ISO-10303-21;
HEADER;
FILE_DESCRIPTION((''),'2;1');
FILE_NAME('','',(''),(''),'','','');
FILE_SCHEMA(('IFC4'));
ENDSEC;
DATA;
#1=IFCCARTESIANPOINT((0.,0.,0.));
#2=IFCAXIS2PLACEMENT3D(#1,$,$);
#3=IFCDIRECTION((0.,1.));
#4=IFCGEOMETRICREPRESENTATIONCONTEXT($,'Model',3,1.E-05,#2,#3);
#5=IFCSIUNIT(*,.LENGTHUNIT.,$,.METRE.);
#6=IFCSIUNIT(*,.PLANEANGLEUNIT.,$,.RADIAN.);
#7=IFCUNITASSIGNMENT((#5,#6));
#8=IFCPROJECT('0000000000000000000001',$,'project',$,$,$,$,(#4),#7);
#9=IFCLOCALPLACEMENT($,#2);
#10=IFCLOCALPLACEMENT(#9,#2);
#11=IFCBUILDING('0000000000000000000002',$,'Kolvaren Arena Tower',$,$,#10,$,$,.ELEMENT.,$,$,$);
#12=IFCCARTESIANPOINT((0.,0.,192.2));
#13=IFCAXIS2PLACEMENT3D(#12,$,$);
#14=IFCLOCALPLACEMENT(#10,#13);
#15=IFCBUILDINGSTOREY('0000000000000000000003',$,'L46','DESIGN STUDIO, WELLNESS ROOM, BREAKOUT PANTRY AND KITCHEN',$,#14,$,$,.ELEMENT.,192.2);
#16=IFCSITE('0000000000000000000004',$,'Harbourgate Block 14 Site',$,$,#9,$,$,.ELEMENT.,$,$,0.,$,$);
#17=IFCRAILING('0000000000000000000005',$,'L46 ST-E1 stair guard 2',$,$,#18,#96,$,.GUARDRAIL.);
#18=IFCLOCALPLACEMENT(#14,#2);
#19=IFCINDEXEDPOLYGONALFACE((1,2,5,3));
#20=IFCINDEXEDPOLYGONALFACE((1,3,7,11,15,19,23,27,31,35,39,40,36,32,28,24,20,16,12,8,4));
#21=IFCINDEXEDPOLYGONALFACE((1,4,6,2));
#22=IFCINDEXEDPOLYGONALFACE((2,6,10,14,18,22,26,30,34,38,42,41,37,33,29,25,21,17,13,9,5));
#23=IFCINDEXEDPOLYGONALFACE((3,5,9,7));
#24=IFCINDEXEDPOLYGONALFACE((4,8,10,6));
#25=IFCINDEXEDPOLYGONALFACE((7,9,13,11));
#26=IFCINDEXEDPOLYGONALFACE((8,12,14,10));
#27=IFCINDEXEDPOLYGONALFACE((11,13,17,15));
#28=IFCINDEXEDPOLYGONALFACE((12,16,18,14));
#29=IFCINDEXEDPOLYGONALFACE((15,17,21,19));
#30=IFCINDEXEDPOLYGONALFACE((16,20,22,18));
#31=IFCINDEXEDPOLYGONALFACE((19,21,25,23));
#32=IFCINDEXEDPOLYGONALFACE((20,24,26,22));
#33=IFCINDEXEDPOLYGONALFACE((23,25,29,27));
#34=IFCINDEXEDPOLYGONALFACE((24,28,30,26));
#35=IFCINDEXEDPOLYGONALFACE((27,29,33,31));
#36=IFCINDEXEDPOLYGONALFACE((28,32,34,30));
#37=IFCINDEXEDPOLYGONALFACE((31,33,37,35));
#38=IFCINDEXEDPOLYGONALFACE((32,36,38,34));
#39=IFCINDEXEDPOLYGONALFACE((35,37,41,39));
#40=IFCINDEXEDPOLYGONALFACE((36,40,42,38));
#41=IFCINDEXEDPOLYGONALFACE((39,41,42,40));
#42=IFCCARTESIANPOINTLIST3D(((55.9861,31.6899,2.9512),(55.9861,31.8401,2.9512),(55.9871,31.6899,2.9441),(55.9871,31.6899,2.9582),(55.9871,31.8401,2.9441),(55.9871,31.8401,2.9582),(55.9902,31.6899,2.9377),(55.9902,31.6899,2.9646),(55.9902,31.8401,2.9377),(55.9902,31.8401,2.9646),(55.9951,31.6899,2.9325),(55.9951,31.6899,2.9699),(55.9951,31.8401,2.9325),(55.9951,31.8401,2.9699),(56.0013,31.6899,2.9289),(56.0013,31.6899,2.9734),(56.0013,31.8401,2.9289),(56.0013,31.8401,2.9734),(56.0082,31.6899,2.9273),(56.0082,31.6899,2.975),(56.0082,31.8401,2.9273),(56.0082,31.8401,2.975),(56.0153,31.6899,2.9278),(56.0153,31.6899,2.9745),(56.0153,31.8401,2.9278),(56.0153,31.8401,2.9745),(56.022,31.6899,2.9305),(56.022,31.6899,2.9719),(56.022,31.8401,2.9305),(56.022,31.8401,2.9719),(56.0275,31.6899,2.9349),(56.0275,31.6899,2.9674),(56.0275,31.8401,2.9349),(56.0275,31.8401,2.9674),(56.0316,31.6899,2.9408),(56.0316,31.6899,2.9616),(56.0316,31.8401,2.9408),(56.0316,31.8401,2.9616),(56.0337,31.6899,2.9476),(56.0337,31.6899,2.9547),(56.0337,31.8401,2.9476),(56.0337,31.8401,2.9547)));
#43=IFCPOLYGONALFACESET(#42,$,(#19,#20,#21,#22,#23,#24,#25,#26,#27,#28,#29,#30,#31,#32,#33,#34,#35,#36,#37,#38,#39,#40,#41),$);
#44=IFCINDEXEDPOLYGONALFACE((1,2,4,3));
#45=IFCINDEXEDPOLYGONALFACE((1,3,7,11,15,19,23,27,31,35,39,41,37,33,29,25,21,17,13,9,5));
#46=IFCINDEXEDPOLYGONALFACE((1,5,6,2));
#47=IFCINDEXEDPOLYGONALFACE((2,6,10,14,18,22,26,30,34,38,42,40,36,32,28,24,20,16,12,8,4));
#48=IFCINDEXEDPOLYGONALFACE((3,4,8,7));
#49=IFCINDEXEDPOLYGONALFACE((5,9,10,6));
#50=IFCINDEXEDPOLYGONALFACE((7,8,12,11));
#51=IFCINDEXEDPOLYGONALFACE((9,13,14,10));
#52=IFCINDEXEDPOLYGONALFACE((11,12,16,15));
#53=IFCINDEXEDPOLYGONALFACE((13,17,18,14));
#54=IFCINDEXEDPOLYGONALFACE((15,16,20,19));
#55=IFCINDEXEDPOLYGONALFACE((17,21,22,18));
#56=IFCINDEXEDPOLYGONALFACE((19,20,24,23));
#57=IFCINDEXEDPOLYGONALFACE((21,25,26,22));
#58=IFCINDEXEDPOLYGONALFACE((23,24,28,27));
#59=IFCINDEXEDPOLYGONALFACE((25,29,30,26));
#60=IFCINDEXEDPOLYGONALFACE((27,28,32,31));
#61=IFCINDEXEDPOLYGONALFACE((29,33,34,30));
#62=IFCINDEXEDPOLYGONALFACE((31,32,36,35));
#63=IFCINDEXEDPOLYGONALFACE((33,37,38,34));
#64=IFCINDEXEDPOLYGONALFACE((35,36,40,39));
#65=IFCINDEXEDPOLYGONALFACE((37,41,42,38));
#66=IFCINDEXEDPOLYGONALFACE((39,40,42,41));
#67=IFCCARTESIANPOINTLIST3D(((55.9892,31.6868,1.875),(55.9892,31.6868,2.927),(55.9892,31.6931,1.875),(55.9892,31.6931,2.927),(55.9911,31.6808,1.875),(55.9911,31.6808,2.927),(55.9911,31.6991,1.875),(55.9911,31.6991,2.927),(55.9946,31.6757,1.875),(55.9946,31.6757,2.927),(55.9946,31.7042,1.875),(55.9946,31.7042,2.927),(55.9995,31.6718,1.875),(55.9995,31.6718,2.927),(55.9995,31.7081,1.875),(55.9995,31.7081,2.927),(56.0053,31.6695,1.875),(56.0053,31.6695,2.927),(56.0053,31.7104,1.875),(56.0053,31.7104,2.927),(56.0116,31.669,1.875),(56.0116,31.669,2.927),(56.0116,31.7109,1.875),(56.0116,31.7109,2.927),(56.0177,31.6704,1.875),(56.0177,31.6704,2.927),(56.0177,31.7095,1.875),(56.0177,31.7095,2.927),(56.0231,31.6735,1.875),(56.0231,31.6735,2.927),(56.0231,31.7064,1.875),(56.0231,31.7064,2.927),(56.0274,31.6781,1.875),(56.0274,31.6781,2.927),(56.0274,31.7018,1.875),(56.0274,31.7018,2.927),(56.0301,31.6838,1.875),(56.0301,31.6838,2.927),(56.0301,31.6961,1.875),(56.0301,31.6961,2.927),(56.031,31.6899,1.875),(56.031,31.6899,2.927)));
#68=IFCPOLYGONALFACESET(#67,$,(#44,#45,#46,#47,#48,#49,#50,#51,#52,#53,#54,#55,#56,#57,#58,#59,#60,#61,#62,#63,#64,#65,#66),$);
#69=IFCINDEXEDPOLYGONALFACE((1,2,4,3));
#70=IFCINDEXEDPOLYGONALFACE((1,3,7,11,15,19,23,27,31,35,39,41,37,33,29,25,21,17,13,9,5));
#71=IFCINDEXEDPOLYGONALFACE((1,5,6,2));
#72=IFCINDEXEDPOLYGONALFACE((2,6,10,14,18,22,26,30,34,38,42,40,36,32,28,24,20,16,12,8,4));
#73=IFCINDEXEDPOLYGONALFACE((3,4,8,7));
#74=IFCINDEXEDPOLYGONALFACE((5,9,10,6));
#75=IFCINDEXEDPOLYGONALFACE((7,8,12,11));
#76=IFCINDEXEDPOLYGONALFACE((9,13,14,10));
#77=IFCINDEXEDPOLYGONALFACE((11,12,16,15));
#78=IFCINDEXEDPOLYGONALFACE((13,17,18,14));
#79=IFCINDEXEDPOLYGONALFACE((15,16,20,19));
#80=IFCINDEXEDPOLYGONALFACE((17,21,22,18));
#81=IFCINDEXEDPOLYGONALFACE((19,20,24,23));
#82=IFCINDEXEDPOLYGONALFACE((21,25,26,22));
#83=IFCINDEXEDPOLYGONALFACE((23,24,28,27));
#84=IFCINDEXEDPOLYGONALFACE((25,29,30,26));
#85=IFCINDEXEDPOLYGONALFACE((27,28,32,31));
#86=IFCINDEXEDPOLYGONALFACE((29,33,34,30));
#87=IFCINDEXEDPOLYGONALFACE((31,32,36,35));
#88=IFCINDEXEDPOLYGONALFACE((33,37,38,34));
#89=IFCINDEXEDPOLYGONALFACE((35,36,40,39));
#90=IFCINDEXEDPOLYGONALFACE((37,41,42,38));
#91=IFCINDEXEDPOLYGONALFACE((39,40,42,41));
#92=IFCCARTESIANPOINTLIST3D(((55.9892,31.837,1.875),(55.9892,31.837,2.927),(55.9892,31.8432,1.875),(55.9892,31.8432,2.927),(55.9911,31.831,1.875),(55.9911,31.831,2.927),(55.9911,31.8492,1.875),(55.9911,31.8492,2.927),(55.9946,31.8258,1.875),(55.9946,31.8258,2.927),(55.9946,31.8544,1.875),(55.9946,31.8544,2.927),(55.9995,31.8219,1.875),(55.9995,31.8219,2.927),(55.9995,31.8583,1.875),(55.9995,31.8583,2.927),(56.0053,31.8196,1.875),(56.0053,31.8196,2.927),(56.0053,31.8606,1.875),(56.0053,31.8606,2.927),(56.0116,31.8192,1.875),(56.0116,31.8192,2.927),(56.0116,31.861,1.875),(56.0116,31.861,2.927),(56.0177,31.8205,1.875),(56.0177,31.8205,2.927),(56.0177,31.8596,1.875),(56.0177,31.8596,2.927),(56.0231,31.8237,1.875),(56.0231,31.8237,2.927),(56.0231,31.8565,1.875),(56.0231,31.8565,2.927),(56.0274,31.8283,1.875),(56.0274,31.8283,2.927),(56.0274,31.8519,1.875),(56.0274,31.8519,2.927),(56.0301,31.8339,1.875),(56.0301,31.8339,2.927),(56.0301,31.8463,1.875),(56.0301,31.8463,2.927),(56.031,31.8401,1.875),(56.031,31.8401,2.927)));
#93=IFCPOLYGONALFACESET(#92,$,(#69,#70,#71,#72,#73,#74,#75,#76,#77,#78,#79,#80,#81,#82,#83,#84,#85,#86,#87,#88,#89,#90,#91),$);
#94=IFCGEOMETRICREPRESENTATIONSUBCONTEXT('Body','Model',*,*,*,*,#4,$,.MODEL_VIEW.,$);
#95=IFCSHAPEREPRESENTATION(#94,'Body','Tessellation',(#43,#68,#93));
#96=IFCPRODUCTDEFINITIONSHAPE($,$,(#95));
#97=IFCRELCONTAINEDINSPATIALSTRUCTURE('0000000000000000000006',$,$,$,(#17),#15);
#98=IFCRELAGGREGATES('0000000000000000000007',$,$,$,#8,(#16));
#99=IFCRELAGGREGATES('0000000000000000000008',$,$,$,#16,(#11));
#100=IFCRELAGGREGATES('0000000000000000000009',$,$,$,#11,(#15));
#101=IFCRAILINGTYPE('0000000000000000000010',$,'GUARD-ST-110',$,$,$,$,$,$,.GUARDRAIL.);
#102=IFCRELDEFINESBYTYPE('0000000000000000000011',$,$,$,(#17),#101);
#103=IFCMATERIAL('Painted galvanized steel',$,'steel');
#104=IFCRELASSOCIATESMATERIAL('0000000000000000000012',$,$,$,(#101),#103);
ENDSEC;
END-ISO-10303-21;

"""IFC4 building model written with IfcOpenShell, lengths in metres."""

from ifc_helpers import new_model, si_unit, direction, frame, origin, origin_2d, place, context, subcontext, project, spatial, circle, extrude, material, type_object, element, save


model = new_model("IFC4")

# Units and contexts
model_context = context("Model", 3, precision=1e-05, world=origin(), true_north=direction((0.0, 1.0)))
body_context = subcontext(model_context, "Body", "Model", "MODEL_VIEW")
ifc_project = project(units=[si_unit("LENGTHUNIT", "METRE"), si_unit("PLANEANGLEUNIT", "RADIAN")], contexts=[model_context])

# Site, building, storey
site_placement = place(None, origin())
site = spatial("IfcSite", under=ifc_project, at=site_placement, Name="Harbourgate Block 14 Site", CompositionType="ELEMENT", RefElevation=0.0)
building_placement = place(site_placement, origin())
building = spatial("IfcBuilding", under=site, at=building_placement, Name="Kolvaren Arena Tower", CompositionType="ELEMENT")
storey_placement = place(building_placement, frame((0.0, 0.0, 192.2)))
storey = spatial("IfcBuildingStorey", under=building, at=storey_placement, Name="L46", Description="DESIGN STUDIO, WELLNESS ROOM, BREAKOUT PANTRY AND KITCHEN", CompositionType="ELEMENT", Elevation=192.2)

# Railing
ifc_material_1 = material(Name="Painted galvanized steel", Category="steel")
railing_type_1 = type_object("IfcRailingType", Name="GUARD-ST-110", PredefinedType="GUARDRAIL", material=ifc_material_1)
railing_1_placement = place(storey_placement, frame((56.01, 31.6899, 1.875)))
element("IfcRailing", 1, at=railing_1_placement, inside=storey, type_object=railing_type_1, Name="L46 ST-E1 stair guard 2", PredefinedType="GUARDRAIL", context=body_context, shape_type="SweptSolid", body=[
    extrude(circle(Radius=0.0239, at=origin_2d()), frame((0.0, 0.0, 1.0762), z_axis=(0.0, 1.0, 0.0), x_axis=(-1.0, 0.0, 0.0)), (0.0, 0.0, 1.0), 0.1501),
    extrude(circle(Radius=0.021, at=origin_2d()), origin(), (0.0, 0.0, 1.0), 1.052),
    extrude(circle(Radius=0.021, at=origin_2d()), frame((0.0, 0.1501, 0.0)), (0.0, 0.0, 1.0), 1.052),
])

save(model, "model.ifc")
